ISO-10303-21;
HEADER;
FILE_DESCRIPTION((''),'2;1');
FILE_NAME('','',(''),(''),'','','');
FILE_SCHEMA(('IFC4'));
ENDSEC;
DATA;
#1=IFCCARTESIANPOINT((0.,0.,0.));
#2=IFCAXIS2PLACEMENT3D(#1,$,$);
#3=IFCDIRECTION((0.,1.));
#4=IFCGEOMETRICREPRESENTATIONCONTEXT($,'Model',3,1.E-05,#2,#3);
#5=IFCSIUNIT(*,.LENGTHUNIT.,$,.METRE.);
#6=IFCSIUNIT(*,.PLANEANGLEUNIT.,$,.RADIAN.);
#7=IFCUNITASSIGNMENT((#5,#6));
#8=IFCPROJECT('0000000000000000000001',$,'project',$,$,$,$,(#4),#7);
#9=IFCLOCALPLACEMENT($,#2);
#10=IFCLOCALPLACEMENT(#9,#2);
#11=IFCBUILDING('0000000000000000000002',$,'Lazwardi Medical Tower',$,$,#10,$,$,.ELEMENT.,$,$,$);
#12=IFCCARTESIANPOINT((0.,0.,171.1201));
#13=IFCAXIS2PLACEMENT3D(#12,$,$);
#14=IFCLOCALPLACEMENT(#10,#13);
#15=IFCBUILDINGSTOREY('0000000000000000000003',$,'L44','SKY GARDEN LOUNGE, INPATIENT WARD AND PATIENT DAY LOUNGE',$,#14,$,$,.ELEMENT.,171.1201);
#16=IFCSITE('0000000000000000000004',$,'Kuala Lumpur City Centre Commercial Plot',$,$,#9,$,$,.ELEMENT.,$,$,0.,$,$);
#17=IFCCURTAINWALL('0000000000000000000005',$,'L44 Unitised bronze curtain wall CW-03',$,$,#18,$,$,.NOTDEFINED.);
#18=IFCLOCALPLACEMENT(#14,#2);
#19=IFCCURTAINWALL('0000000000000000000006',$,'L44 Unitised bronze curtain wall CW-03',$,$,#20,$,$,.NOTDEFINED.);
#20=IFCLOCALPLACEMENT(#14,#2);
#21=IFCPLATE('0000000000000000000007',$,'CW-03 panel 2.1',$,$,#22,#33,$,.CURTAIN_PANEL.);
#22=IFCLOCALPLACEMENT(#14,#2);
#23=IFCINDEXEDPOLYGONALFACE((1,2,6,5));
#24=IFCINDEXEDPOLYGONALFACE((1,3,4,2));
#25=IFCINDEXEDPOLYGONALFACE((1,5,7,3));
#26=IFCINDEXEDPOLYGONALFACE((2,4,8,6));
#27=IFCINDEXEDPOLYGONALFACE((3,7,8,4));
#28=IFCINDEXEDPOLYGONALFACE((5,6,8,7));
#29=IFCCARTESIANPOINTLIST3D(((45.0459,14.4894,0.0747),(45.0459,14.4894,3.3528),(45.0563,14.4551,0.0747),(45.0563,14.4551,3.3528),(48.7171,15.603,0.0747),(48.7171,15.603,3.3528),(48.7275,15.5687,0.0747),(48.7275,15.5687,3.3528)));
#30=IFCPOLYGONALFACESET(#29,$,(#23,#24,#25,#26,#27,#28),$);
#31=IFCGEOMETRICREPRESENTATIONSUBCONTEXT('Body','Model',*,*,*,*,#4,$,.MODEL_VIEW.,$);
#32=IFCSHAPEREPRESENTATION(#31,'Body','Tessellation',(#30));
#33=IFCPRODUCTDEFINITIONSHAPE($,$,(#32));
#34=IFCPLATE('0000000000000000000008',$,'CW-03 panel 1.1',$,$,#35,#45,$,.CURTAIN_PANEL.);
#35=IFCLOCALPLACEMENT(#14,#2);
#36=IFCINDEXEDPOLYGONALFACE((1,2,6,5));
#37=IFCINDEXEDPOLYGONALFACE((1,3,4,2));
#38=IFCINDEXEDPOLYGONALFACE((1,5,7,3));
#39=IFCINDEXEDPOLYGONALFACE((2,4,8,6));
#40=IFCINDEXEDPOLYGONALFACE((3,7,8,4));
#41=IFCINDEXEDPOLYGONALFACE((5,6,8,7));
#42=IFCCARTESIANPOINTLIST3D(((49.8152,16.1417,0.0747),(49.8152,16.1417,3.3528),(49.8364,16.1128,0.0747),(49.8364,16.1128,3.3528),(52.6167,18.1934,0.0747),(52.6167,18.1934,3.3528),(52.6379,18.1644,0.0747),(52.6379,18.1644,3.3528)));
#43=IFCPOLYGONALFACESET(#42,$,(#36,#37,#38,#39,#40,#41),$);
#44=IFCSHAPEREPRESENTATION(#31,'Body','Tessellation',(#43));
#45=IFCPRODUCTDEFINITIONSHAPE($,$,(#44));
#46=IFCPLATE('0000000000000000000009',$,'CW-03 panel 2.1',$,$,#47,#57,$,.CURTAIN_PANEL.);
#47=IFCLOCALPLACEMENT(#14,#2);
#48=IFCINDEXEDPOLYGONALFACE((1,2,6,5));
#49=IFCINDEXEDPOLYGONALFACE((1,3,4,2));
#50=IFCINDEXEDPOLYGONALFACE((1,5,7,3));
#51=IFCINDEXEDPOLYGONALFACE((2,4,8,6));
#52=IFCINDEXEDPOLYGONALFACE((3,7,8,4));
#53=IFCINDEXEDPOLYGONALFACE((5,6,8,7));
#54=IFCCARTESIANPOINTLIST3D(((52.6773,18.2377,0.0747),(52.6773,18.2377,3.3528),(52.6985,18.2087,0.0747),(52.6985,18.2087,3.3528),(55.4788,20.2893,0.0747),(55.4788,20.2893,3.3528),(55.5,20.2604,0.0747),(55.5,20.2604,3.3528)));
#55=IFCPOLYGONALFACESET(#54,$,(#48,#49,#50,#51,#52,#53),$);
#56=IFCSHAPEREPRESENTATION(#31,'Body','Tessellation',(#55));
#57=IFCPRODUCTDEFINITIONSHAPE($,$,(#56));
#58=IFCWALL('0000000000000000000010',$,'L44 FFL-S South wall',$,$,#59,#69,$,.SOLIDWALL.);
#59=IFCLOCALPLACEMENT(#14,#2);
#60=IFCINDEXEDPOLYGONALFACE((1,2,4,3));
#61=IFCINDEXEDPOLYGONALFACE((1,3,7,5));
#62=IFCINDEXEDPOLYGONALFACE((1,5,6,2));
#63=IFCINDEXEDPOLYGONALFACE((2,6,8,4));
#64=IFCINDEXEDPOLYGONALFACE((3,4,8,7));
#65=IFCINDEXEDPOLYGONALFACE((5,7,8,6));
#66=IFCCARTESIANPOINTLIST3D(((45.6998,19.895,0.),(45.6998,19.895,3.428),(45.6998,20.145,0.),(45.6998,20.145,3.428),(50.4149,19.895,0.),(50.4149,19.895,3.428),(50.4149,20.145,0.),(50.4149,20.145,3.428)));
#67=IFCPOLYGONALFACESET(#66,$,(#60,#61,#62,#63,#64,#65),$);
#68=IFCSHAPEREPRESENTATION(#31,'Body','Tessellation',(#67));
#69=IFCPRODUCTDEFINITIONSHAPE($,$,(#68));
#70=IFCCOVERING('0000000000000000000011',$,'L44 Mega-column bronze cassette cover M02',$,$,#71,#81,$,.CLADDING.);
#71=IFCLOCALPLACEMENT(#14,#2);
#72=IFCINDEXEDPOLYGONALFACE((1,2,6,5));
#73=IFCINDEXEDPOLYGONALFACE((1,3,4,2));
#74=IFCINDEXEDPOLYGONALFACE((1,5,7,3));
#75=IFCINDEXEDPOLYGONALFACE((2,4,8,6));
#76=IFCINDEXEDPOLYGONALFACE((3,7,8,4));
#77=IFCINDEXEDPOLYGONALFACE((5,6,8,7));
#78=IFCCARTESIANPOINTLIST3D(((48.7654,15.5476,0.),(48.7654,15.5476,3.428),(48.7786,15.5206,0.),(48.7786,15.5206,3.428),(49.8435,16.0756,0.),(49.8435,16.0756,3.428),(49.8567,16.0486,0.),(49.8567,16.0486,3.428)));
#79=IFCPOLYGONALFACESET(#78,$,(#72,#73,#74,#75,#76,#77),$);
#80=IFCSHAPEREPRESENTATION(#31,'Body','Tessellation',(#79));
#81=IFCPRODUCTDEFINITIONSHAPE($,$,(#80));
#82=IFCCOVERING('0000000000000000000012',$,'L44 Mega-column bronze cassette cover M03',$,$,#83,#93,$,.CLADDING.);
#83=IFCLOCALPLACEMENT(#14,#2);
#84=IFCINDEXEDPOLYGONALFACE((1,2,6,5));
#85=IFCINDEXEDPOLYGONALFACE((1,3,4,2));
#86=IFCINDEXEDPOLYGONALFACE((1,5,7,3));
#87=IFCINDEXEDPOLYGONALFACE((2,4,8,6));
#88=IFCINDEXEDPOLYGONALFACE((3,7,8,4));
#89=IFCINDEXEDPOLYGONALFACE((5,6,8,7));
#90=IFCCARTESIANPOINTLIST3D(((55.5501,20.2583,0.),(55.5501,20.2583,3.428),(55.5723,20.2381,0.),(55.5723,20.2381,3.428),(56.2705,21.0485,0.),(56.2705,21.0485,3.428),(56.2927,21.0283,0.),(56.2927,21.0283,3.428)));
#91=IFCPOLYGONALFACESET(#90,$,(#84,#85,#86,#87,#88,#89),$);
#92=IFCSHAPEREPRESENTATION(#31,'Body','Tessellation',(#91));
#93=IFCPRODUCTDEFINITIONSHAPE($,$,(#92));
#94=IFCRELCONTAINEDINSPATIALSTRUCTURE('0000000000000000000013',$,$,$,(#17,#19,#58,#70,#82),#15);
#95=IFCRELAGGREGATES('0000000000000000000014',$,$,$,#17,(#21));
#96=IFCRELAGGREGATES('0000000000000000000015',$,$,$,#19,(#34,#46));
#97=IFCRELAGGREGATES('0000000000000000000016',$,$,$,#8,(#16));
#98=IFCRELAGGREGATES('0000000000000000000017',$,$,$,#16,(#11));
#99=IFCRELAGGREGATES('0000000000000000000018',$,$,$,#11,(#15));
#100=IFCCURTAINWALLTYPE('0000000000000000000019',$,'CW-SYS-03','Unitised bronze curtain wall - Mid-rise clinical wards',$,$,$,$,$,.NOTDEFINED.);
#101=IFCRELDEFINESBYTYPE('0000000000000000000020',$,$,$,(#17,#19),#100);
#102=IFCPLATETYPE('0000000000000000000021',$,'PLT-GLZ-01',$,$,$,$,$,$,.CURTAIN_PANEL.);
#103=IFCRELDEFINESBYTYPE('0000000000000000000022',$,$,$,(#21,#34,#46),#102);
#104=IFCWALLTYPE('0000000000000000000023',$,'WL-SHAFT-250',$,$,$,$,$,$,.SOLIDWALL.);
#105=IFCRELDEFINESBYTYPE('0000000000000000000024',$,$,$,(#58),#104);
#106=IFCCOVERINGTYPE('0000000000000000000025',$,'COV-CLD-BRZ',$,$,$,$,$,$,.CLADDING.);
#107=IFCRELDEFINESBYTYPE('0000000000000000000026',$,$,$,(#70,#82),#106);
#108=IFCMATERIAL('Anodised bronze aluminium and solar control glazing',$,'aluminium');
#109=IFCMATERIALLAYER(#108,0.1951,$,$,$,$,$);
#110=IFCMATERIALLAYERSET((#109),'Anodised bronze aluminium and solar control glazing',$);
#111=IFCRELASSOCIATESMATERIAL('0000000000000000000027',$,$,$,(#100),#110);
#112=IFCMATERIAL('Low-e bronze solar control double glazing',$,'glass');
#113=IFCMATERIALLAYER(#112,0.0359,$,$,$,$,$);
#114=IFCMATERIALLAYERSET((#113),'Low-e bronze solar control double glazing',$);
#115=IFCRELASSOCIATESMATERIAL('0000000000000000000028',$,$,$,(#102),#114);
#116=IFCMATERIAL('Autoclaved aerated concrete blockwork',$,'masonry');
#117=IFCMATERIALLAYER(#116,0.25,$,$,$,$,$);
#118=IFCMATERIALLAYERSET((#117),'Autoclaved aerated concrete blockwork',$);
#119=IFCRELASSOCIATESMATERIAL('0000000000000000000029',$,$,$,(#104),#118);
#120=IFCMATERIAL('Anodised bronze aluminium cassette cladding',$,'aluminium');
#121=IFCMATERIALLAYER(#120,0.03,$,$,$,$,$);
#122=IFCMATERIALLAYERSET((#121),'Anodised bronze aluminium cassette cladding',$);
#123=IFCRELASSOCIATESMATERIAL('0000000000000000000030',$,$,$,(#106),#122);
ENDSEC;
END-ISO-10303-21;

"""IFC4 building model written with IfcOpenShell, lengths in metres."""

from ifc_helpers import new_model, si_unit, direction, frame, frame_2d, origin, origin_2d, place, context, subcontext, project, spatial, rectangle, extrude, material, layer, layer_set, type_object, element, aggregate, save


model = new_model("IFC4")

# Units and contexts
model_context = context("Model", 3, precision=1e-05, world=origin(), true_north=direction((0.0, 1.0)))
body_context = subcontext(model_context, "Body", "Model", "MODEL_VIEW")
ifc_project = project(units=[si_unit("LENGTHUNIT", "METRE"), si_unit("PLANEANGLEUNIT", "RADIAN")], contexts=[model_context])

# Site, building, storey
site_placement = place(None, origin())
site = spatial("IfcSite", under=ifc_project, at=site_placement, Name="Kuala Lumpur City Centre Commercial Plot", CompositionType="ELEMENT", RefElevation=0.0)
building_placement = place(site_placement, origin())
building = spatial("IfcBuilding", under=site, at=building_placement, Name="Lazwardi Medical Tower", CompositionType="ELEMENT")
storey_placement = place(building_placement, frame((0.0, 0.0, 171.1201)))
storey = spatial("IfcBuildingStorey", under=building, at=storey_placement, Name="L44", Description="SKY GARDEN LOUNGE, INPATIENT WARD AND PATIENT DAY LOUNGE", CompositionType="ELEMENT", Elevation=171.1201)

# Curtain wall
ifc_material_1 = material(Name="Anodised bronze aluminium and solar control glazing", Category="aluminium")
ifc_layer_1 = layer(ifc_material_1, 0.1951)
ifc_layer_set_1 = layer_set([ifc_layer_1], Name="Anodised bronze aluminium and solar control glazing")
curtain_wall_type = type_object("IfcCurtainWallType", Name="CW-SYS-03", Description="Unitised bronze curtain wall - Mid-rise clinical wards", PredefinedType="NOTDEFINED", material=ifc_layer_set_1)
curtain_wall_1_placement = place(storey_placement, origin())
curtain_wall_1 = element("IfcCurtainWall", 1, at=curtain_wall_1_placement, inside=storey, type_object=curtain_wall_type, Name="L44 Unitised bronze curtain wall CW-03", PredefinedType="NOTDEFINED")

# Curtain wall
curtain_wall_2_placement = place(storey_placement, origin())
curtain_wall_2 = element("IfcCurtainWall", 2, at=curtain_wall_2_placement, inside=storey, type_object=curtain_wall_type, Name="L44 Unitised bronze curtain wall CW-03", PredefinedType="NOTDEFINED")

# Plates
ifc_material_2 = material(Name="Low-e bronze solar control double glazing", Category="glass")
ifc_layer_2 = layer(ifc_material_2, 0.0359)
ifc_layer_set_2 = layer_set([ifc_layer_2], Name="Low-e bronze solar control double glazing")
plate_type = type_object("IfcPlateType", Name="PLT-GLZ-01", PredefinedType="CURTAIN_PANEL", material=ifc_layer_set_2)
plate_1_placement = place(storey_placement, frame((46.8867, 15.0291, 0.0747), z_axis=(0.0, 0.0, 1.0), x_axis=(0.956942, 0.290281, 0.0)))
plate_1 = element("IfcPlate", 3, at=plate_1_placement, type_object=plate_type, Name="CW-03 panel 2.1", PredefinedType="CURTAIN_PANEL", context=body_context, shape_type="SweptSolid", body=[
    extrude(rectangle(XDim=3.8364, YDim=0.0359, at=origin_2d()), origin(), (0.0, 0.0, 1.0), 3.2781),
])
aggregate(curtain_wall_1, [plate_1])
plate_2_placement = place(storey_placement, frame((51.2266, 17.1531, 0.0747), z_axis=(0.0, 0.0, 1.0), x_axis=(0.806793, 0.590834, 0.0)))
plate_2 = element("IfcPlate", 4, at=plate_2_placement, type_object=plate_type, Name="CW-03 panel 1.1", PredefinedType="CURTAIN_PANEL", context=body_context, shape_type="SweptSolid", body=[
    extrude(rectangle(XDim=3.4724, YDim=0.0359, at=origin_2d()), origin(), (0.0, 0.0, 1.0), 3.2781),
])
plate_3_placement = place(storey_placement, frame((54.0886, 19.249, 0.0747), z_axis=(0.0, 0.0, 1.0), x_axis=(0.806793, 0.590834, 0.0)))
plate_3 = element("IfcPlate", 5, at=plate_3_placement, type_object=plate_type, Name="CW-03 panel 2.1", PredefinedType="CURTAIN_PANEL", context=body_context, shape_type="SweptSolid", body=[
    extrude(rectangle(XDim=3.4724, YDim=0.0359, at=origin_2d()), origin(), (0.0, 0.0, 1.0), 3.2781),
])
aggregate(curtain_wall_2, [plate_2, plate_3])

# Wall
ifc_material_3 = material(Name="Autoclaved aerated concrete blockwork", Category="masonry")
ifc_layer_3 = layer(ifc_material_3, 0.25)
ifc_layer_set_3 = layer_set([ifc_layer_3], Name="Autoclaved aerated concrete blockwork")
wall_type = type_object("IfcWallType", Name="WL-SHAFT-250", PredefinedType="SOLIDWALL", material=ifc_layer_set_3)
wall_placement = place(storey_placement, frame((45.7, 20.02, 0.0), z_axis=(0.0, 0.0, 1.0), x_axis=(1.0, 0.0, 0.0)))
element("IfcWall", 6, at=wall_placement, inside=storey, type_object=wall_type, Name="L44 FFL-S South wall", PredefinedType="SOLIDWALL", context=body_context, shape_type="SweptSolid", body=[
    extrude(rectangle(XDim=4.7151, YDim=0.25, at=frame_2d((2.3574, 0.0))), origin(), (0.0, 0.0, 1.0), 3.428),
])

# Coverings
ifc_material_4 = material(Name="Anodised bronze aluminium cassette cladding", Category="aluminium")
ifc_layer_4 = layer(ifc_material_4, 0.03)
ifc_layer_set_4 = layer_set([ifc_layer_4], Name="Anodised bronze aluminium cassette cladding")
covering_type = type_object("IfcCoveringType", Name="COV-CLD-BRZ", PredefinedType="CLADDING", material=ifc_layer_set_4)
covering_1_placement = place(storey_placement, frame((49.311, 15.7981, 0.0), z_axis=(0.0, 0.0, 1.0), x_axis=(0.898079, 0.439834, 0.0)))
element("IfcCovering", 7, at=covering_1_placement, inside=storey, type_object=covering_type, Name="L44 Mega-column bronze cassette cover M02", PredefinedType="CLADDING", context=body_context, shape_type="SweptSolid", body=[
    extrude(rectangle(XDim=1.2004, YDim=0.03, at=origin_2d()), origin(), (0.0, 0.0, 1.0), 3.428),
])
covering_2_placement = place(storey_placement, frame((55.9214, 20.6433, 0.0), z_axis=(0.0, 0.0, 1.0), x_axis=(0.673714, 0.738992, 0.0)))
element("IfcCovering", 8, at=covering_2_placement, inside=storey, type_object=covering_type, Name="L44 Mega-column bronze cassette cover M03", PredefinedType="CLADDING", context=body_context, shape_type="SweptSolid", body=[
    extrude(rectangle(XDim=1.0693, YDim=0.03, at=origin_2d()), origin(), (0.0, 0.0, 1.0), 3.428),
])

save(model, "model.ifc")
